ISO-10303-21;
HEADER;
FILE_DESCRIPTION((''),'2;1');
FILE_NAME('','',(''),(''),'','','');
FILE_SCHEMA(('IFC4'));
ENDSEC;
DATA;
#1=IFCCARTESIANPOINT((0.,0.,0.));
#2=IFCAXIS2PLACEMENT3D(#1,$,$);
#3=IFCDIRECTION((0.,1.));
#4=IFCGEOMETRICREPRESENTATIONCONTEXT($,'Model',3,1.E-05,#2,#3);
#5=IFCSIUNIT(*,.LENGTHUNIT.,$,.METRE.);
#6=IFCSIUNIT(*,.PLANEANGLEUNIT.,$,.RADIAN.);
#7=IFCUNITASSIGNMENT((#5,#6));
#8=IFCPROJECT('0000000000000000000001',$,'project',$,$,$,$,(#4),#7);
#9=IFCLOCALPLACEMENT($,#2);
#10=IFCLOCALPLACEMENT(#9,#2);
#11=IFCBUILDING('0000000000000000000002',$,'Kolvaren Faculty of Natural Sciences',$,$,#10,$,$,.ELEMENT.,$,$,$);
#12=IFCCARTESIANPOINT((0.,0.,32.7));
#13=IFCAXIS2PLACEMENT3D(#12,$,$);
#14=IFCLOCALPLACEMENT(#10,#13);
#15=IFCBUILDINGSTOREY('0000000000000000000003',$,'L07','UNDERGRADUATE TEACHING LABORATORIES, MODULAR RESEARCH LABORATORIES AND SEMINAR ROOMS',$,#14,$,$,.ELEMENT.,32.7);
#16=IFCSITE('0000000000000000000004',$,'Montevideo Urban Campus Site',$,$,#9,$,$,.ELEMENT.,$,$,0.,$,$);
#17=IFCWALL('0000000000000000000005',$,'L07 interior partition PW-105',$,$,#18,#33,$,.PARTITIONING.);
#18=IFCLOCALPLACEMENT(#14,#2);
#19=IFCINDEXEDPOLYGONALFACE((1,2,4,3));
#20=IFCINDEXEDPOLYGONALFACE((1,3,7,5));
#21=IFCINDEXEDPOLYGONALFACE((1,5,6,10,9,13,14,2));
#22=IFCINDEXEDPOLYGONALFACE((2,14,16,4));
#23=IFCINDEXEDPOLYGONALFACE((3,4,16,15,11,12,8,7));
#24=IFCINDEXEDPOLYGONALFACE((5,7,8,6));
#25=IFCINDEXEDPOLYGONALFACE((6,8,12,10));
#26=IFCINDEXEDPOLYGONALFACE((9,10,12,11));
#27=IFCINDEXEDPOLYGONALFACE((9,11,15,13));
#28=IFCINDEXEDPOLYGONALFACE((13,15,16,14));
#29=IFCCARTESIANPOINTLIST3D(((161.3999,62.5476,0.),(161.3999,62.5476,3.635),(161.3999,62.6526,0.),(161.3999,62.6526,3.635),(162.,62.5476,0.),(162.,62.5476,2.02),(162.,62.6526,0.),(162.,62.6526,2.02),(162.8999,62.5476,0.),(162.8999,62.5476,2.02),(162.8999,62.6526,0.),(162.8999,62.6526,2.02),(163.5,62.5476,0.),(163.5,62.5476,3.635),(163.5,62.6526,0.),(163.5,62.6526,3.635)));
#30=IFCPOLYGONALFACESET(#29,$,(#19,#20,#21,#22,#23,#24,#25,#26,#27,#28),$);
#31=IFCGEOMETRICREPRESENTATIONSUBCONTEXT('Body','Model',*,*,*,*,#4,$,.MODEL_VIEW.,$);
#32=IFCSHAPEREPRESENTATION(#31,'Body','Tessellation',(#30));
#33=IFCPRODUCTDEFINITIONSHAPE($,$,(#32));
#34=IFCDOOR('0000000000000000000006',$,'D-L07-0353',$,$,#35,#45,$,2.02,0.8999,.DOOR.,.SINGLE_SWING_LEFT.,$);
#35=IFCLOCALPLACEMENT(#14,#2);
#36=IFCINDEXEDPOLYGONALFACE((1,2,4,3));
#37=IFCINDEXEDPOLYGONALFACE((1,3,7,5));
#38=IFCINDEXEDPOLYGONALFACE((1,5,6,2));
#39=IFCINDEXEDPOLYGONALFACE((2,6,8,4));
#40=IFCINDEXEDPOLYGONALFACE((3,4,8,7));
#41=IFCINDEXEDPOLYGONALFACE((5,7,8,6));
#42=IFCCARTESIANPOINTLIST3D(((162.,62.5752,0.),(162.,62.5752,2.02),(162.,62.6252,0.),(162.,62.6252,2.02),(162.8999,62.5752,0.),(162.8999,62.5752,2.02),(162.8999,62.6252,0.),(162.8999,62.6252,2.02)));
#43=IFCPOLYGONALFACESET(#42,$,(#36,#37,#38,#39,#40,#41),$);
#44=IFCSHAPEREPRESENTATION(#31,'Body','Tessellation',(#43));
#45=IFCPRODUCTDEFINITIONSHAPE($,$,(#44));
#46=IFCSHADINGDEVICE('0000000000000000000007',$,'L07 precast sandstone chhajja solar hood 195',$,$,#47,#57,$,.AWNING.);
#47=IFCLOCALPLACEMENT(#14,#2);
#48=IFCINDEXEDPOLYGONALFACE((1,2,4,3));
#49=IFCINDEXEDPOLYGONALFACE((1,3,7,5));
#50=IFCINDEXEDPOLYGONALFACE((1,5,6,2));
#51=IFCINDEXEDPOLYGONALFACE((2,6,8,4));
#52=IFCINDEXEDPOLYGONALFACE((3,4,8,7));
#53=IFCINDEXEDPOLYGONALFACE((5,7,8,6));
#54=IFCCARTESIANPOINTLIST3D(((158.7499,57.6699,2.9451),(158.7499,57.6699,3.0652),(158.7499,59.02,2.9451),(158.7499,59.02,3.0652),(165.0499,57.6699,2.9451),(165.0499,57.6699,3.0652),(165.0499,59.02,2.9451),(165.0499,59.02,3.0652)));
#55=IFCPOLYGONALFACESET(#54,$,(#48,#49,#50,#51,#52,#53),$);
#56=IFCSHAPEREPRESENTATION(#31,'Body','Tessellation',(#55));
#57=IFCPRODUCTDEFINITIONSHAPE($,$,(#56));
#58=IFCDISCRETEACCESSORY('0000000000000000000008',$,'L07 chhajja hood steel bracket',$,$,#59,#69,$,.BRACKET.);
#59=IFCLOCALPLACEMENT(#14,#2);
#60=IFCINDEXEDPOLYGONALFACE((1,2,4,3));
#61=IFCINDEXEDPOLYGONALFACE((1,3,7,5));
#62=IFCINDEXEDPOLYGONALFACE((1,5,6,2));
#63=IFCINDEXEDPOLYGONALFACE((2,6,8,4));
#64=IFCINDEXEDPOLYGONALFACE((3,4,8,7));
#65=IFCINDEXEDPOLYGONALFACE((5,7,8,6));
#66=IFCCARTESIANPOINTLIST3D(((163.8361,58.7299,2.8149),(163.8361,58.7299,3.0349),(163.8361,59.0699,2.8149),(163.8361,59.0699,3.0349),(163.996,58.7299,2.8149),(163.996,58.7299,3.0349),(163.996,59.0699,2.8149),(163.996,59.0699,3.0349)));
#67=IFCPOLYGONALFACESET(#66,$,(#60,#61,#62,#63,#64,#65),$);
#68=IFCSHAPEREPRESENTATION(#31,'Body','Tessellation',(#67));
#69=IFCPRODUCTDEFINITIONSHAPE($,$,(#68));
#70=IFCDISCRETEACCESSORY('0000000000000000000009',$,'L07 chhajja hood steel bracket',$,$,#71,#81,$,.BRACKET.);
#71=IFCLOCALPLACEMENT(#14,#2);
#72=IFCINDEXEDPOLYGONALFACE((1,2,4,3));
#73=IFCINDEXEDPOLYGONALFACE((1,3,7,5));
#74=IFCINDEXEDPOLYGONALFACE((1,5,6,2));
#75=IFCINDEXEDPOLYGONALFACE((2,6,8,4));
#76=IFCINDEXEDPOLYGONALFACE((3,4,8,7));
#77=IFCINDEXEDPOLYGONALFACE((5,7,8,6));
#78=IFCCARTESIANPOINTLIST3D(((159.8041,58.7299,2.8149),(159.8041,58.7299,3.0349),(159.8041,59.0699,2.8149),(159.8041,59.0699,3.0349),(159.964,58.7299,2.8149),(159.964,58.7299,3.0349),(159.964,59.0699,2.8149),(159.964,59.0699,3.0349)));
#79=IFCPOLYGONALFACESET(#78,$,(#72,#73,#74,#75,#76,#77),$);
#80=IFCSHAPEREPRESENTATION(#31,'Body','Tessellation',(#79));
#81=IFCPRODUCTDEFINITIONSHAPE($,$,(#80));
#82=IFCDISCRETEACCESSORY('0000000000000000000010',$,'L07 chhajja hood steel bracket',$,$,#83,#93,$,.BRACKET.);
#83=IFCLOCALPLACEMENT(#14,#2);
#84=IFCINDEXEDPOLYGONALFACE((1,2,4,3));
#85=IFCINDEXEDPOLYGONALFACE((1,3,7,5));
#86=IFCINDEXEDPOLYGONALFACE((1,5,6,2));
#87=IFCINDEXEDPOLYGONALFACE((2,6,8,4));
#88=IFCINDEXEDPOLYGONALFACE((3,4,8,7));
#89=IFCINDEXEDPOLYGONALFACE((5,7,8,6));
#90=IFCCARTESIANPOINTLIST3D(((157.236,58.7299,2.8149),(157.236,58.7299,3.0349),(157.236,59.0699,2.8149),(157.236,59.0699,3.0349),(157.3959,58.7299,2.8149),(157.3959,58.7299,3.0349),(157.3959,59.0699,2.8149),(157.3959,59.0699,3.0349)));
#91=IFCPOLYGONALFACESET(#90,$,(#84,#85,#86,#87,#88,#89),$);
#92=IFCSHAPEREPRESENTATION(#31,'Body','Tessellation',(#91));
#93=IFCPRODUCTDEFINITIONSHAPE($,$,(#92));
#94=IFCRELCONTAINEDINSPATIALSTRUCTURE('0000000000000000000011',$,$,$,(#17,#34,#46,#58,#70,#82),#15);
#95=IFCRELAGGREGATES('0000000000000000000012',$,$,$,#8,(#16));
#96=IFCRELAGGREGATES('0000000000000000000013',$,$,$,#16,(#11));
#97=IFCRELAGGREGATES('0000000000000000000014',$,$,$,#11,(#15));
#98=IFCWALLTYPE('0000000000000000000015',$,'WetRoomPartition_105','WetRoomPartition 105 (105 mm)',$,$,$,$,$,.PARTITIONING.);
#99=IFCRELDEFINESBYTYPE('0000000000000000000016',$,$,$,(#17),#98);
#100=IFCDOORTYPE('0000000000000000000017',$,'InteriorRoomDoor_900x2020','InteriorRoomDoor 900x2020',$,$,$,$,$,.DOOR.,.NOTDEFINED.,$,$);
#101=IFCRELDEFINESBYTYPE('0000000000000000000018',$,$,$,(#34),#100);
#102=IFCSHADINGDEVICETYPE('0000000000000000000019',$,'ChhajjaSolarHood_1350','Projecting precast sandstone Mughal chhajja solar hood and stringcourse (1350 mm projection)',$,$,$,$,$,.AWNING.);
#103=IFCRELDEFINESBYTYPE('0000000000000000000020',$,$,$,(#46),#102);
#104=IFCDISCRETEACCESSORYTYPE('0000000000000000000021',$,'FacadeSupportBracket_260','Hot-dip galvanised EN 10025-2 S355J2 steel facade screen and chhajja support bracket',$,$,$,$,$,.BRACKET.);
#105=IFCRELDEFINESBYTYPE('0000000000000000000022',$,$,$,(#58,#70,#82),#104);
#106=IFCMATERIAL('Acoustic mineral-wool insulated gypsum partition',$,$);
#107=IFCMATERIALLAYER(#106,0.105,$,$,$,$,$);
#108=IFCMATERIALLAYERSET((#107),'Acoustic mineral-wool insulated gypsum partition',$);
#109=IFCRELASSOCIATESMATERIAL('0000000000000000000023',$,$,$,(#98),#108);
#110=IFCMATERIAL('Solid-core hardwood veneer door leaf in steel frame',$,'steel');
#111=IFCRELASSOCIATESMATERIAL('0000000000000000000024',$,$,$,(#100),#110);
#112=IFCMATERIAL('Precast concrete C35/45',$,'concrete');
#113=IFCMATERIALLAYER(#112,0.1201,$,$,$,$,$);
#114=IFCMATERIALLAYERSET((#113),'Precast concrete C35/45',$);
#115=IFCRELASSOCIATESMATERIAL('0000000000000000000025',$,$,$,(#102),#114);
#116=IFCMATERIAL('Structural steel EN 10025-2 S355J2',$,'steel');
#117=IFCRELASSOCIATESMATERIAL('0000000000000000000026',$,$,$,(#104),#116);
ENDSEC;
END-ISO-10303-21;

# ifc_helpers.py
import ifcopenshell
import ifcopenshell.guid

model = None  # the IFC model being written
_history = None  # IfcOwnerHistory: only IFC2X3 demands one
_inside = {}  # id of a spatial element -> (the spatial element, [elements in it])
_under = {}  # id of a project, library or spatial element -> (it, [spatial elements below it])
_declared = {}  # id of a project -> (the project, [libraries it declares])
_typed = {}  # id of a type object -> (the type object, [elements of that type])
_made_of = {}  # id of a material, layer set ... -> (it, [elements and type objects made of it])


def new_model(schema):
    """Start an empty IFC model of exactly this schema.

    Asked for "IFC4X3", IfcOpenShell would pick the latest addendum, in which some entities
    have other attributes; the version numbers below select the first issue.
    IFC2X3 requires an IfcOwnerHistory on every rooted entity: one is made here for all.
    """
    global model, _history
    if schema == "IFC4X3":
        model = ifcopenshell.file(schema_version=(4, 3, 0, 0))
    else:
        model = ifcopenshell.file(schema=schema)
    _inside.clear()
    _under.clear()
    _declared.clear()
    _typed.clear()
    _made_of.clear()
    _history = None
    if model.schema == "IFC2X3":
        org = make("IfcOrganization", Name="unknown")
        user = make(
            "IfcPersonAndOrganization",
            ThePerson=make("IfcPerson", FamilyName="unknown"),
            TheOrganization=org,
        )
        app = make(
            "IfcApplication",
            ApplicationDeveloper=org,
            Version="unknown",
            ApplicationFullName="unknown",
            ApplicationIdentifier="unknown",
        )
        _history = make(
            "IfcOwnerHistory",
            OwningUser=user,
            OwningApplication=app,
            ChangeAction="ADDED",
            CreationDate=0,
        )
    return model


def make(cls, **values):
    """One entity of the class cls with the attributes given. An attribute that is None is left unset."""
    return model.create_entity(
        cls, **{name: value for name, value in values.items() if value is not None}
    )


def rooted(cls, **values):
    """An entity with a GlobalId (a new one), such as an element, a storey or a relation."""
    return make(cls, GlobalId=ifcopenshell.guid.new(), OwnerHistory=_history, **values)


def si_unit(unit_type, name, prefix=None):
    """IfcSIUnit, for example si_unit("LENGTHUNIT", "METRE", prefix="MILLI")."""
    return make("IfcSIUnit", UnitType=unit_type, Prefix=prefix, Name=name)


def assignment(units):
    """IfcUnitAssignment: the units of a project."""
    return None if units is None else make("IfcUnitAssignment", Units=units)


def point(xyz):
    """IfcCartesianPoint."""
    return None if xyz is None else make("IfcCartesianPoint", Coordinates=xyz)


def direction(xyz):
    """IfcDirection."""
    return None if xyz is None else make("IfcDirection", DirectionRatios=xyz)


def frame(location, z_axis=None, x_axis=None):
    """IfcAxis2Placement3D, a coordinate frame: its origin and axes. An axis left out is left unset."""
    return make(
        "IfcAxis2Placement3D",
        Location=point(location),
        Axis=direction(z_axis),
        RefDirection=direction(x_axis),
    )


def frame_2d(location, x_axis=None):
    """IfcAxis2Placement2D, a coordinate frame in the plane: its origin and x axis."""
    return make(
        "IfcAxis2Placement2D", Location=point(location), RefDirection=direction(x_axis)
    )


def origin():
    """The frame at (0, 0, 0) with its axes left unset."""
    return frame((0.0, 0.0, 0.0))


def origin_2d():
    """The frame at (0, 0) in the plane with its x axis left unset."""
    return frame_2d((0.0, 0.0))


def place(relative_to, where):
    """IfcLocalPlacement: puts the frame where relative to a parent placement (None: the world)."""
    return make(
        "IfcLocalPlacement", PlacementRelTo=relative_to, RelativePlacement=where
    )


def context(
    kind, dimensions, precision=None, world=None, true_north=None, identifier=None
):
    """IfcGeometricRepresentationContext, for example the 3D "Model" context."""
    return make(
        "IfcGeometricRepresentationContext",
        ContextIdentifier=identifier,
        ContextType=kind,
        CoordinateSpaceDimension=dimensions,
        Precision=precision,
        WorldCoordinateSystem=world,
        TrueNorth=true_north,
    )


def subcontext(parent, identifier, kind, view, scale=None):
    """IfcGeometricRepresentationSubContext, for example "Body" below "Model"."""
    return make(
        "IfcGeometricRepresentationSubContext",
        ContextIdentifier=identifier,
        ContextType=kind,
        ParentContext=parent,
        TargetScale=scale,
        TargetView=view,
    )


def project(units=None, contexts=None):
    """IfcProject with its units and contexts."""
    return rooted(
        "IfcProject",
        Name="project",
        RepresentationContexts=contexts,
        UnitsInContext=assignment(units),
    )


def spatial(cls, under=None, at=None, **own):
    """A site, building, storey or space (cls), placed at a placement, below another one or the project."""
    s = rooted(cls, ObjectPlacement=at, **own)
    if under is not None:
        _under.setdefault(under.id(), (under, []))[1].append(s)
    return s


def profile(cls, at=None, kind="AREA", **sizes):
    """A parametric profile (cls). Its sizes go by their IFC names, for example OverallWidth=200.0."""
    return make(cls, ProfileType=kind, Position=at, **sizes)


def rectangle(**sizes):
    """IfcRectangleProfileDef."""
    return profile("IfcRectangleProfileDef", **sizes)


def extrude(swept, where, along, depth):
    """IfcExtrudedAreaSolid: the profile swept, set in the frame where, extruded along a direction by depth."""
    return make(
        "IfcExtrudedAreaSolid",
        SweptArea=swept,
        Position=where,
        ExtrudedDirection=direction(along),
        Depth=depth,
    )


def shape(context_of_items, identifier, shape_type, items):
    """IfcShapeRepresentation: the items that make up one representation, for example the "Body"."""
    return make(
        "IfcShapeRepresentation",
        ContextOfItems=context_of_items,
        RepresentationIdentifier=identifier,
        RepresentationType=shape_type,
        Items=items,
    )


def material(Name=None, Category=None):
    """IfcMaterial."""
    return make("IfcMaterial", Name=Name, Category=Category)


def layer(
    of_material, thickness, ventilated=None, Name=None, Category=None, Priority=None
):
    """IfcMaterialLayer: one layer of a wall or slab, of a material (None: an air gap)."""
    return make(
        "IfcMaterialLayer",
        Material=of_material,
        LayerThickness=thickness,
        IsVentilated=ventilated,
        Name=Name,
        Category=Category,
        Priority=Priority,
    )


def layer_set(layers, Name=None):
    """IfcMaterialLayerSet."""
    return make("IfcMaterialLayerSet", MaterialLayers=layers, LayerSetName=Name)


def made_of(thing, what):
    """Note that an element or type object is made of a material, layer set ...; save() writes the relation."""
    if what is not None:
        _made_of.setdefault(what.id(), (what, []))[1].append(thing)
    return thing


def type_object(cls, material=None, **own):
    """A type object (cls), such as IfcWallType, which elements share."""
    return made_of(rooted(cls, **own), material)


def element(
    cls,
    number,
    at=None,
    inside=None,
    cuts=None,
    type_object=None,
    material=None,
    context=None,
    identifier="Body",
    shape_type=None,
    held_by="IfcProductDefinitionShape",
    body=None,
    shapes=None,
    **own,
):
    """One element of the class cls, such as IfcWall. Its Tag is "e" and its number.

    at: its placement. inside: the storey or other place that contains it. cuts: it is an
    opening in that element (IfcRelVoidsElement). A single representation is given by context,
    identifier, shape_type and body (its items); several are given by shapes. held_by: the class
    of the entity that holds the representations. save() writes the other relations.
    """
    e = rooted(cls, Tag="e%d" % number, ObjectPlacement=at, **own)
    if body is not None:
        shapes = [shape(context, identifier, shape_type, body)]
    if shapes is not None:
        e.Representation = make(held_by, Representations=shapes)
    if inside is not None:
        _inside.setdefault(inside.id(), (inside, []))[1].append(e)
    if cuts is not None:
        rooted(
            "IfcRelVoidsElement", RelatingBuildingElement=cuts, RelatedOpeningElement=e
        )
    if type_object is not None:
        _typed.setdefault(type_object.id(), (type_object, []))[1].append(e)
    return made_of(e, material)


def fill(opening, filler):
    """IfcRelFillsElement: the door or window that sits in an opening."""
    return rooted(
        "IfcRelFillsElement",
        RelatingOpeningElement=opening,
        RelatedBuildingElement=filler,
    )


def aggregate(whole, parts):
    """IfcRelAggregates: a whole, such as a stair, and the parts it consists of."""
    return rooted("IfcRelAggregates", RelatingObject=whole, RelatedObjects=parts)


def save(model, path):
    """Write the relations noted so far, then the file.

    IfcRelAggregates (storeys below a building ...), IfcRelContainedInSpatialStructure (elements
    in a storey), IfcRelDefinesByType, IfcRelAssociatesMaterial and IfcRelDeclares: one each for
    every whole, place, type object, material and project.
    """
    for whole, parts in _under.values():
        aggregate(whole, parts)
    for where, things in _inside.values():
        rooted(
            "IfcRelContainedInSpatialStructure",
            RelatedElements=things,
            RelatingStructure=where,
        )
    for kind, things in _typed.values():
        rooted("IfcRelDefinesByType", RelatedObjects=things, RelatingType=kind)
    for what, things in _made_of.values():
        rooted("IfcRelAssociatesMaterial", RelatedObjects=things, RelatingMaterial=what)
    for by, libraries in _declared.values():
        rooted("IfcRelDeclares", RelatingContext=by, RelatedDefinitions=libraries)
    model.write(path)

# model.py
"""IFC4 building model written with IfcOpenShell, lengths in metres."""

from ifc_helpers import new_model, si_unit, direction, frame, frame_2d, origin, origin_2d, place, context, subcontext, project, spatial, rectangle, extrude, material, layer, layer_set, type_object, element, fill, save


model = new_model("IFC4")

# Units and contexts
model_context = context("Model", 3, precision=1e-05, world=origin(), true_north=direction((0.0, 1.0)))
body_context = subcontext(model_context, "Body", "Model", "MODEL_VIEW")
ifc_project = project(units=[si_unit("LENGTHUNIT", "METRE"), si_unit("PLANEANGLEUNIT", "RADIAN")], contexts=[model_context])

# Site, building, storey
site_placement = place(None, origin())
site = spatial("IfcSite", under=ifc_project, at=site_placement, Name="Montevideo Urban Campus Site", CompositionType="ELEMENT", RefElevation=0.0)
building_placement = place(site_placement, origin())
building = spatial("IfcBuilding", under=site, at=building_placement, Name="Kolvaren Faculty of Natural Sciences", CompositionType="ELEMENT")
storey_placement = place(building_placement, frame((0.0, 0.0, 32.7)))
storey = spatial("IfcBuildingStorey", under=building, at=storey_placement, Name="L07", Description="UNDERGRADUATE TEACHING LABORATORIES, MODULAR RESEARCH LABORATORIES AND SEMINAR ROOMS", CompositionType="ELEMENT", Elevation=32.7)

# Shared definitions
ifc_material_1 = material(Name="Precast concrete C35/45", Category="concrete")

# Shared definitions
ifc_material_2 = material(Name="Acoustic mineral-wool insulated gypsum partition")
ifc_layer_1 = layer(ifc_material_2, 0.105)
ifc_layer_set_1 = layer_set([ifc_layer_1], Name="Acoustic mineral-wool insulated gypsum partition")
wall_type_1 = type_object("IfcWallType", Name="WetRoomPartition_105", Description="WetRoomPartition 105 (105 mm)", PredefinedType="PARTITIONING", material=ifc_layer_set_1)

# Shared definitions
ifc_material_3 = material(Name="Solid-core hardwood veneer door leaf in steel frame", Category="steel")
door_type_1 = type_object("IfcDoorType", Name="InteriorRoomDoor_900x2020", Description="InteriorRoomDoor 900x2020", OperationType="NOTDEFINED", PredefinedType="DOOR", material=ifc_material_3)

# Wall, opening, door
wall_1_placement = place(storey_placement, frame((163.5, 62.6001, 0.0), z_axis=(0.0, 0.0, 1.0), x_axis=(-1.0, 0.0, 0.0)))
wall_1 = element("IfcWall", 1, at=wall_1_placement, inside=storey, type_object=wall_type_1, Name="L07 interior partition PW-105", PredefinedType="PARTITIONING", context=body_context, shape_type="SweptSolid", body=[
    extrude(rectangle(XDim=2.1001, YDim=0.105, at=frame_2d((1.05, 0.0))), origin(), (0.0, 0.0, 1.0), 3.635),
])
opening_1_placement = place(wall_1_placement, frame((0.6001, 0.0, 0.0)))
opening_1 = element("IfcOpeningElement", 2, at=opening_1_placement, cuts=wall_1, PredefinedType="OPENING", context=body_context, shape_type="SweptSolid", body=[
    extrude(rectangle(XDim=0.8999, YDim=2.02, at=frame_2d((0.45, 1.01))), frame((0.0, 0.0625, 0.0), z_axis=(0.0, -1.0, 0.0), x_axis=(1.0, 0.0, 0.0)), (0.0, 0.0, 1.0), 0.125),
])
door_1_placement = place(opening_1_placement, origin())
door_1 = element("IfcDoor", 3, at=door_1_placement, inside=storey, type_object=door_type_1, Name="D-L07-0353", OperationType="SINGLE_SWING_LEFT", OverallHeight=2.02, OverallWidth=0.8999, PredefinedType="DOOR", context=body_context, shape_type="SweptSolid", body=[
    extrude(rectangle(XDim=0.8999, YDim=2.02, at=frame_2d((0.45, 1.01))), frame((0.0, 0.0249, 0.0), z_axis=(0.0, -1.0, 0.0), x_axis=(1.0, 0.0, 0.0)), (0.0, 0.0, 1.0), 0.05),
])
fill(opening_1, door_1)

# Shading device
ifc_layer_2 = layer(ifc_material_1, 0.1201)
ifc_layer_set_2 = layer_set([ifc_layer_2], Name="Precast concrete C35/45")
shading_device_type = type_object("IfcShadingDeviceType", Name="ChhajjaSolarHood_1350", Description="Projecting precast sandstone Mughal chhajja solar hood and stringcourse (1350 mm projection)", PredefinedType="AWNING", material=ifc_layer_set_2)
shading_device_placement = place(storey_placement, frame((161.8999, 58.345, 2.9451), z_axis=(0.0, 0.0, 1.0), x_axis=(-1.0, 0.0, 0.0)))
element("IfcShadingDevice", 4, at=shading_device_placement, inside=storey, type_object=shading_device_type, Name="L07 precast sandstone chhajja solar hood 195", PredefinedType="AWNING", context=body_context, shape_type="SweptSolid", body=[
    extrude(rectangle(XDim=6.3, YDim=1.3501, at=origin_2d()), origin(), (0.0, 0.0, 1.0), 0.1201),
])

# Discrete accessories
ifc_material_4 = material(Name="Structural steel EN 10025-2 S355J2", Category="steel")
discrete_accessory_type = type_object("IfcDiscreteAccessoryType", Name="FacadeSupportBracket_260", Description="Hot-dip galvanised EN 10025-2 S355J2 steel facade screen and chhajja support bracket", PredefinedType="BRACKET", material=ifc_material_4)
for number, where, z_axis, x_axis, name in (
    (5, (163.916, 58.8999, 2.8149), (0.0, 0.0, 1.0), (-1.0, 0.0, 0.0), "L07 chhajja hood steel bracket"),
    (6, (159.884, 58.8999, 2.8149), (0.0, 0.0, 1.0), (-1.0, 0.0, 0.0), "L07 chhajja hood steel bracket"),
    (7, (157.3159, 58.8999, 2.8149), (0.0, 0.0, 1.0), (-1.0, 0.0, 0.0), "L07 chhajja hood steel bracket"),
):
    element("IfcDiscreteAccessory", number, at=place(storey_placement, frame(where, z_axis=z_axis, x_axis=x_axis)), inside=storey, type_object=discrete_accessory_type, Name=name, PredefinedType="BRACKET", context=body_context, shape_type="SweptSolid", body=[
        extrude(rectangle(XDim=0.1599, YDim=0.3401, at=origin_2d()), origin(), (0.0, 0.0, 1.0), 0.22),
    ])

save(model, "model.ifc")
